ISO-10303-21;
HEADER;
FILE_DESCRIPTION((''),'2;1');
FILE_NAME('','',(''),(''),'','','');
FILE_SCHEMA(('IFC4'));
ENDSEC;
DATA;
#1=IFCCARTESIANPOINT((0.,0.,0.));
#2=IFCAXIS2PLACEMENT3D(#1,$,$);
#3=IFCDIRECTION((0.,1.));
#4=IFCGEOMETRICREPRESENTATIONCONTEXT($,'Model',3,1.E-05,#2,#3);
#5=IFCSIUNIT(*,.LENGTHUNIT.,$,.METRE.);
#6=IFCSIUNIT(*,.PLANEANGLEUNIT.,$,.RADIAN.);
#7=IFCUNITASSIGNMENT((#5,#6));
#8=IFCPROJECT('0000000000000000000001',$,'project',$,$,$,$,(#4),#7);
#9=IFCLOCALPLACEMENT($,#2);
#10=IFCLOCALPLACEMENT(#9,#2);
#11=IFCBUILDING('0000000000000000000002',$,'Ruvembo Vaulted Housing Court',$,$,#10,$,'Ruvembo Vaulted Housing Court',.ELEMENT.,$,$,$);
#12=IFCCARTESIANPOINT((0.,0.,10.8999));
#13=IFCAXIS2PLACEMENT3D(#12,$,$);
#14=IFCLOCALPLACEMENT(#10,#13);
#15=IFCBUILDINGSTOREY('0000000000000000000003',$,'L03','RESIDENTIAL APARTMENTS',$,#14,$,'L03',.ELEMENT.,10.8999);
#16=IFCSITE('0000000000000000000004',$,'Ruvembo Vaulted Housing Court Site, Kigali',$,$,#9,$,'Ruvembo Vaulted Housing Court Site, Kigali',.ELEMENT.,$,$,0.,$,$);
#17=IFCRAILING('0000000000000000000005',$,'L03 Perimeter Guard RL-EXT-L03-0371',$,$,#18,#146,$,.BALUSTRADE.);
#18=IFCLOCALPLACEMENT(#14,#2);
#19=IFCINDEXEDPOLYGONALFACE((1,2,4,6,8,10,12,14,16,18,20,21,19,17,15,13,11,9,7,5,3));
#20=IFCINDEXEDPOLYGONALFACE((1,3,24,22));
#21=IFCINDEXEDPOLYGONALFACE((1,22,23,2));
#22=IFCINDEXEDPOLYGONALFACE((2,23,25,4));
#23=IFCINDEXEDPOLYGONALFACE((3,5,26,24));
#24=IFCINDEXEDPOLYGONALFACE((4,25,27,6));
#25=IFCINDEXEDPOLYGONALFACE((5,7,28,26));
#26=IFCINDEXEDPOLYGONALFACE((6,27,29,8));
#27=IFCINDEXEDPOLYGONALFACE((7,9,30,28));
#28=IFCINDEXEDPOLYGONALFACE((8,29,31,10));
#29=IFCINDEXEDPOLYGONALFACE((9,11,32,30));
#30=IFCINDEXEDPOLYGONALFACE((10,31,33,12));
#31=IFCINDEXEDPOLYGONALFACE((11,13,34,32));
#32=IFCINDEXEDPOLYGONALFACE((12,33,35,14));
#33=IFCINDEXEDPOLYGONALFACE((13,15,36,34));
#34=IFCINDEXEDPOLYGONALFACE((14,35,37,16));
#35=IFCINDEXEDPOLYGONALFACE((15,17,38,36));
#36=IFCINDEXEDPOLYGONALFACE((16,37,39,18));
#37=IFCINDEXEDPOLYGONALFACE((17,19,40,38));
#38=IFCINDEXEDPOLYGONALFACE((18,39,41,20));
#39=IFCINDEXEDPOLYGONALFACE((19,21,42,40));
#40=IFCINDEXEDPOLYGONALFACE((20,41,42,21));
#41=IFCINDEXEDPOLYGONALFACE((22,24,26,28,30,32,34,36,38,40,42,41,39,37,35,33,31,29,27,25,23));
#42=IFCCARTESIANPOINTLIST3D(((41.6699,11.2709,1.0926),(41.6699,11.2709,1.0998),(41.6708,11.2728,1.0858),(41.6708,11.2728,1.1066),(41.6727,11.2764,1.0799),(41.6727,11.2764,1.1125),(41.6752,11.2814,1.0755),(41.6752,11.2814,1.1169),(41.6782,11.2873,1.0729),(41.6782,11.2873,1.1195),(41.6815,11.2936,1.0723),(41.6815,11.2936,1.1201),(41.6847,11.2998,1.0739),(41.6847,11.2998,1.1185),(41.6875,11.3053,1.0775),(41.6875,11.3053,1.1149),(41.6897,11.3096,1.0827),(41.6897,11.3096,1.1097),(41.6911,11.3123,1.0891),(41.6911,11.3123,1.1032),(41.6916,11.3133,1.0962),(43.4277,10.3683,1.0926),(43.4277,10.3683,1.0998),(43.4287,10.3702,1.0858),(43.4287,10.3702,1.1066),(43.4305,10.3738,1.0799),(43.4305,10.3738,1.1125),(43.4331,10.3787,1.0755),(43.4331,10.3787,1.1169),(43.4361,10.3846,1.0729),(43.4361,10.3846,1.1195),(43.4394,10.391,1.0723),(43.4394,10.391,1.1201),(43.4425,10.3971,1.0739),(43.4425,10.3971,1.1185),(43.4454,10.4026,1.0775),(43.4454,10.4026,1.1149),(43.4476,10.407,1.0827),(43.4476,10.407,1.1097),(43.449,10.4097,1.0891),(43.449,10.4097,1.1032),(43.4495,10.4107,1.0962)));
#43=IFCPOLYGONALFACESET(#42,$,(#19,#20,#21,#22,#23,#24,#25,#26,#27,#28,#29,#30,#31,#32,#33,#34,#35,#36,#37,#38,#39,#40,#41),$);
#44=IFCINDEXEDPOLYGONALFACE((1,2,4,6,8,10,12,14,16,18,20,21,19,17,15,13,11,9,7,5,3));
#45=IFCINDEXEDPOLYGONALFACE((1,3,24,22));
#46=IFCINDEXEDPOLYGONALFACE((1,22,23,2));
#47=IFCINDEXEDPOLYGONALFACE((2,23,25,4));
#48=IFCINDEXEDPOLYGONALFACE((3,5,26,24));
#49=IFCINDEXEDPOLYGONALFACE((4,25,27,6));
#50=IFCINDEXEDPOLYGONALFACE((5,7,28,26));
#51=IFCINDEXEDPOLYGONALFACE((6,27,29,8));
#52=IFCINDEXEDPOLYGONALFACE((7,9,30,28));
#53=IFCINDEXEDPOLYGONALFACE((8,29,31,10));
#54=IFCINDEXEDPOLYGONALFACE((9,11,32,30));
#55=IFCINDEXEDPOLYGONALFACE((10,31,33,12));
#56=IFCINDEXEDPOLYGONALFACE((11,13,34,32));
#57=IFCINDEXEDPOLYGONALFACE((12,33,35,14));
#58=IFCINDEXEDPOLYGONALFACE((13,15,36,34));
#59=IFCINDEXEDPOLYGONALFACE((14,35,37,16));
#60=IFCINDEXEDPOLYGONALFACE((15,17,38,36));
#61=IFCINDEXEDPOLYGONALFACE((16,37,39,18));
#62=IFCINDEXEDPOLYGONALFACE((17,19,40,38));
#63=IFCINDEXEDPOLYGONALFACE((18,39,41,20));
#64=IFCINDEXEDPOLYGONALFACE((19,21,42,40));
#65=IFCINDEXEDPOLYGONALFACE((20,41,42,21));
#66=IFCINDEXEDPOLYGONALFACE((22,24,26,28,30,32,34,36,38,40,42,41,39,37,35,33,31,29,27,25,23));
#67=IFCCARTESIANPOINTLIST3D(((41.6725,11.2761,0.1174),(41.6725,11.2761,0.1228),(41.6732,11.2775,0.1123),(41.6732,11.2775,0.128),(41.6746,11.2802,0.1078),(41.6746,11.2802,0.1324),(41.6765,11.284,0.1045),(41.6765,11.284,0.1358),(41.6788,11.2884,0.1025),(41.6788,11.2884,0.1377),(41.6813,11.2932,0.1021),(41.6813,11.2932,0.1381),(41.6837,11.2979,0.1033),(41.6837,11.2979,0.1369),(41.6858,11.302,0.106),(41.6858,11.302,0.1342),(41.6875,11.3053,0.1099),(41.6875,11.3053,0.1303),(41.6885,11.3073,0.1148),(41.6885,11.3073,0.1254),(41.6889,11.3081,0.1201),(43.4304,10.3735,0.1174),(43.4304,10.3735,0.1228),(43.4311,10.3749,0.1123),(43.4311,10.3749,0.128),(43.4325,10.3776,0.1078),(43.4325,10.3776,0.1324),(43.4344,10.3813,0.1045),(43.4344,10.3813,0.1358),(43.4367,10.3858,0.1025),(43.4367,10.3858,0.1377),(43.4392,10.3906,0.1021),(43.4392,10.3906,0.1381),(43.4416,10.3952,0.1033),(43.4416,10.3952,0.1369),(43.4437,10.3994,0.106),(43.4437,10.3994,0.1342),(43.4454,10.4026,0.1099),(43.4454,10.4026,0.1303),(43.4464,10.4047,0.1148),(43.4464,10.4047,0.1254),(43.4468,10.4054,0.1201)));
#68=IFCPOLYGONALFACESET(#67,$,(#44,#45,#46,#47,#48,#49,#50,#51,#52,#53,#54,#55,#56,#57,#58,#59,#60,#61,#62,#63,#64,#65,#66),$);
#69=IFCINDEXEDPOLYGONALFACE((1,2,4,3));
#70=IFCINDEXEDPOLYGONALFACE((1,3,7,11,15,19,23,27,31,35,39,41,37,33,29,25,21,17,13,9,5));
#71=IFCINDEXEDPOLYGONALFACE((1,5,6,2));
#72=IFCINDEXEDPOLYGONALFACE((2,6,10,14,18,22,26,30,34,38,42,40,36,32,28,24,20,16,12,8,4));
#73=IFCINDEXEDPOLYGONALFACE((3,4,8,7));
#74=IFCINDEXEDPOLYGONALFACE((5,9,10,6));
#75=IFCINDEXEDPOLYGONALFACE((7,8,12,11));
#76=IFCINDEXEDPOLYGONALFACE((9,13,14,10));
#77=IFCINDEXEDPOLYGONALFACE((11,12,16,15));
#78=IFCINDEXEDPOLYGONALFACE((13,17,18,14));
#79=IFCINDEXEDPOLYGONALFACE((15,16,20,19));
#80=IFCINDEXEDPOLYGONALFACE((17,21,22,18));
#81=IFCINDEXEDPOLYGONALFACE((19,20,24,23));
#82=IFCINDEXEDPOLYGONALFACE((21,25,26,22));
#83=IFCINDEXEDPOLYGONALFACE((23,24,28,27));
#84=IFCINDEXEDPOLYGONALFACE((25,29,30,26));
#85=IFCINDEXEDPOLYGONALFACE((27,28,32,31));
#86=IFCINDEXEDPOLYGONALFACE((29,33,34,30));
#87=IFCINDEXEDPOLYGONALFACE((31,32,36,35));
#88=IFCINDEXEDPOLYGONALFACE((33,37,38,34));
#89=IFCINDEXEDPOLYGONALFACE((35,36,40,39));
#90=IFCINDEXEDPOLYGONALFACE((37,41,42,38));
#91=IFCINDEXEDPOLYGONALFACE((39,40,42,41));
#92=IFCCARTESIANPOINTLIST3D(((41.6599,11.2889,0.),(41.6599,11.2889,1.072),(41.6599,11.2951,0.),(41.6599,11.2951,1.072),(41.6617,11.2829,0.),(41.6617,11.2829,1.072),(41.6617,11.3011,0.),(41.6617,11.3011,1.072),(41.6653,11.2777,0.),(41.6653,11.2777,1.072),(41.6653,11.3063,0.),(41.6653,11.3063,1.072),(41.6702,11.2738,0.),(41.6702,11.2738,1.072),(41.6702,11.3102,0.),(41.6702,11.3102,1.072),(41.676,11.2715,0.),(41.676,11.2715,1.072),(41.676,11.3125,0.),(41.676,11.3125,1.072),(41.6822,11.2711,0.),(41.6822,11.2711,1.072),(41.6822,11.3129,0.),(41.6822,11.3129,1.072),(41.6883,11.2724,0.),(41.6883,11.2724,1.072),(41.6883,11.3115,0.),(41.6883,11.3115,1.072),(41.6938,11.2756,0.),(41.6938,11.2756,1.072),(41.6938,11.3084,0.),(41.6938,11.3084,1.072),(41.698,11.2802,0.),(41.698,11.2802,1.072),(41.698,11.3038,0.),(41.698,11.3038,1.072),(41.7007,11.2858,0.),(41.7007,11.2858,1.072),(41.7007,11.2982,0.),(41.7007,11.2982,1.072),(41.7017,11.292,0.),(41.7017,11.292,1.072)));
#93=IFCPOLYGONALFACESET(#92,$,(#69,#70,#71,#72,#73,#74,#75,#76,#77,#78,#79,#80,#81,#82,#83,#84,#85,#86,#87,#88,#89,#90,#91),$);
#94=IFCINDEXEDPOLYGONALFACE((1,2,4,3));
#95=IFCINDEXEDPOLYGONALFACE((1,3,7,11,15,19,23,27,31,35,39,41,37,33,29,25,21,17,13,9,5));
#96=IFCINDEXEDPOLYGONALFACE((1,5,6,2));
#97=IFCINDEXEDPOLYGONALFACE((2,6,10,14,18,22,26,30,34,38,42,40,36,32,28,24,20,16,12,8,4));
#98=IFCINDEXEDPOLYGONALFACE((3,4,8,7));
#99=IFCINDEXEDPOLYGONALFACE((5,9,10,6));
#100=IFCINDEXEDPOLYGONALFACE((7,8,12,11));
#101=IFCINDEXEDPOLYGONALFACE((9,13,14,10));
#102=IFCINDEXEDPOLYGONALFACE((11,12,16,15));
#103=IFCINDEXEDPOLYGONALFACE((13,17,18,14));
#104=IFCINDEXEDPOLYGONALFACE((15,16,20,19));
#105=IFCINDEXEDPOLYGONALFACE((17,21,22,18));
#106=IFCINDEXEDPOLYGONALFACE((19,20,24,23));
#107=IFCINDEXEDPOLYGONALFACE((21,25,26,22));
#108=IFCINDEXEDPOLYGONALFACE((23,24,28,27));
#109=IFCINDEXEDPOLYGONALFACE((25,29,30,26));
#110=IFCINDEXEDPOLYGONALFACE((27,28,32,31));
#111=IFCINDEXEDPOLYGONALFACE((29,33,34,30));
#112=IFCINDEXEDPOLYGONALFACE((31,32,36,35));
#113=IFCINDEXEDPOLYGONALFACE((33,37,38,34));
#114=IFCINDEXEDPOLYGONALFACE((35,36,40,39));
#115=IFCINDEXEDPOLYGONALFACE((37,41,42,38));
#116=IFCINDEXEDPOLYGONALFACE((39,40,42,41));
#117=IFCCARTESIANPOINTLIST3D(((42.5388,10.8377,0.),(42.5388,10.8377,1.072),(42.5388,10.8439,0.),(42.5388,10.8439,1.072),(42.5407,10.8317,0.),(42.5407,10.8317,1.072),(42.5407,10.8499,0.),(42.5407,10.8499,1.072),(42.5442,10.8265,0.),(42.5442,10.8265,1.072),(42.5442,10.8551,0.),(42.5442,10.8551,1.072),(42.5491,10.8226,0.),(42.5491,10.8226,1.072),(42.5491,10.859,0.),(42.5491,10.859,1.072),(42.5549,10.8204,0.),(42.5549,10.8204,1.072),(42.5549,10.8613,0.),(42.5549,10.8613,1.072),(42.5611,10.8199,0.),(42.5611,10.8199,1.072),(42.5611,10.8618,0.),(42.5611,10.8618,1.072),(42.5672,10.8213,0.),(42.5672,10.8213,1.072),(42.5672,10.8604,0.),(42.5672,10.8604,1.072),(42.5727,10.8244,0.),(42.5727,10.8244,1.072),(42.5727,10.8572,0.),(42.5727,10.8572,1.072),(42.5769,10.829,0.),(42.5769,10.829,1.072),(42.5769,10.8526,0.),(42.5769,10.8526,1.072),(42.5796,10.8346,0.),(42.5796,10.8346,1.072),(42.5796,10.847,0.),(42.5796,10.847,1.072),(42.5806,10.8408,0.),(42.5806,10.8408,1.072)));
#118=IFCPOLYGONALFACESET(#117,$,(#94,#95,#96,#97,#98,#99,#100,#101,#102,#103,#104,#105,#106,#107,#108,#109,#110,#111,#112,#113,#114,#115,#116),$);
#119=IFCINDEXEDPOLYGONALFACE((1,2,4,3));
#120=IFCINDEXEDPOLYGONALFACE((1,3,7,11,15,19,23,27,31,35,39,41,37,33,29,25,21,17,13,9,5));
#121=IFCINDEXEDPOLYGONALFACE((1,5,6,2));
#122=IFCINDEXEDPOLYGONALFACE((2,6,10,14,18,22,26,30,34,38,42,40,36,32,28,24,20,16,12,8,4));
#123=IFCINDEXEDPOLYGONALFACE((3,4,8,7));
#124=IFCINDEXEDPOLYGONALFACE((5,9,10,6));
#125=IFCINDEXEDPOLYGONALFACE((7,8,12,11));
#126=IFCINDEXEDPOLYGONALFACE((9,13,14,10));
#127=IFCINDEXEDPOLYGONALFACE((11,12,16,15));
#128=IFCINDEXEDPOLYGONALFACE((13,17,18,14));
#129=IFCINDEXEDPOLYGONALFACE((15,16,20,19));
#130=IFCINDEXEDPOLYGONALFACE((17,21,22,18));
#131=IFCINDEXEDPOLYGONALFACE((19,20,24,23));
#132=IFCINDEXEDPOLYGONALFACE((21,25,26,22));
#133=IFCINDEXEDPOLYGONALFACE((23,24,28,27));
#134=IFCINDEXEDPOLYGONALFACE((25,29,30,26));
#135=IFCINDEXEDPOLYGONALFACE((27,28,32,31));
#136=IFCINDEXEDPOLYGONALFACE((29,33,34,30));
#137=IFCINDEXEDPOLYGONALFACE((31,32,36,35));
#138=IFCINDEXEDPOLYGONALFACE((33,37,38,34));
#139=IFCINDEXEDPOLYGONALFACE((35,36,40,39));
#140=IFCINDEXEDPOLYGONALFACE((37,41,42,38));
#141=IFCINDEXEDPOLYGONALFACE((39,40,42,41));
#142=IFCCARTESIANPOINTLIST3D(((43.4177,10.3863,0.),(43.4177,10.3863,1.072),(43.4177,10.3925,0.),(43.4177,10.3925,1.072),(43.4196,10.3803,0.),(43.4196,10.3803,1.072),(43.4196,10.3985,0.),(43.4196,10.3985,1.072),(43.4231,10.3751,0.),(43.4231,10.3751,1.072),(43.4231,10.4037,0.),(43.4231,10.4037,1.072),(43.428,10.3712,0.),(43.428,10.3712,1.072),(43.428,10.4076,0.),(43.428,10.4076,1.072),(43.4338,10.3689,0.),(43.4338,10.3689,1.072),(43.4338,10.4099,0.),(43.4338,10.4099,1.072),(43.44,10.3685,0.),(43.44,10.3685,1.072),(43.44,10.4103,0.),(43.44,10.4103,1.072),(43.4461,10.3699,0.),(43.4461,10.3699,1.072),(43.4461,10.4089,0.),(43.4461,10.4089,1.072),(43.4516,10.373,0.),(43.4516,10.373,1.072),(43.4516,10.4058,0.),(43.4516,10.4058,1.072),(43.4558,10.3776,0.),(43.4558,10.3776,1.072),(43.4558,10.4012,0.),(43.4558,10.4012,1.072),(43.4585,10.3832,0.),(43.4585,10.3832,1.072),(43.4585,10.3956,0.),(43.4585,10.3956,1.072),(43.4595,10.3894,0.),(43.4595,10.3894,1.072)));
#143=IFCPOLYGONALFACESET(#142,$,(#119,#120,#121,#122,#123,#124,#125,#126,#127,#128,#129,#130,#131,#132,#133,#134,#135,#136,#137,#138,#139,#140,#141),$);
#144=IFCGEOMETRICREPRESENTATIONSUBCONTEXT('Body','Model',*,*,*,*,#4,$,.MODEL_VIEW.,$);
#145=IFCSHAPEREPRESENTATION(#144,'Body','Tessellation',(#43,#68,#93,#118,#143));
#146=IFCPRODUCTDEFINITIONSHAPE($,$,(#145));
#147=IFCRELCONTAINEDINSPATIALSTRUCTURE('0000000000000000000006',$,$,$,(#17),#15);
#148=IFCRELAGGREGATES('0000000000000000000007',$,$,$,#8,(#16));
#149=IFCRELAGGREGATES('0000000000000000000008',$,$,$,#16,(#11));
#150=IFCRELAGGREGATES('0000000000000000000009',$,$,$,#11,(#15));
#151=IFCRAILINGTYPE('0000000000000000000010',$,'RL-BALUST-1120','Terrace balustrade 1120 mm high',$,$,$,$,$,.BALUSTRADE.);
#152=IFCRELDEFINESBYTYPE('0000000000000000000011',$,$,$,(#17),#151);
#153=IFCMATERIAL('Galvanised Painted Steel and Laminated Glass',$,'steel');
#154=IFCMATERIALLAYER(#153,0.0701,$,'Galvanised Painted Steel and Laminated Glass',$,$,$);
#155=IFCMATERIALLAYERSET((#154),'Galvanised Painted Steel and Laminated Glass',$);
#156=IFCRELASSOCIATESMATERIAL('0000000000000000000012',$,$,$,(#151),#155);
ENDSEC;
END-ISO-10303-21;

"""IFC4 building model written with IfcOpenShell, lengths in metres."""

from ifc_helpers import new_model, si_unit, direction, frame, origin, origin_2d, place, context, subcontext, project, spatial, circle, extrude, material, layer, layer_set, type_object, element, save


model = new_model("IFC4")

# Units and contexts
model_context = context("Model", 3, precision=1e-05, world=origin(), true_north=direction((0.0, 1.0)))
body_context = subcontext(model_context, "Body", "Model", "MODEL_VIEW")
ifc_project = project(units=[si_unit("LENGTHUNIT", "METRE"), si_unit("PLANEANGLEUNIT", "RADIAN")], contexts=[model_context])

# Site, building, storey
site_placement = place(None, origin())
site = spatial("IfcSite", under=ifc_project, at=site_placement, Name="Ruvembo Vaulted Housing Court Site, Kigali", LongName="Ruvembo Vaulted Housing Court Site, Kigali", CompositionType="ELEMENT", RefElevation=0.0)
building_placement = place(site_placement, origin())
building = spatial("IfcBuilding", under=site, at=building_placement, Name="Ruvembo Vaulted Housing Court", LongName="Ruvembo Vaulted Housing Court", CompositionType="ELEMENT")
storey_placement = place(building_placement, frame((0.0, 0.0, 10.8999)))
storey = spatial("IfcBuildingStorey", under=building, at=storey_placement, Name="L03", Description="RESIDENTIAL APARTMENTS", LongName="L03", CompositionType="ELEMENT", Elevation=10.8999)

# Railing
ifc_material_1 = material(Name="Galvanised Painted Steel and Laminated Glass", Category="steel")
ifc_layer_1 = layer(ifc_material_1, 0.0701, Name="Galvanised Painted Steel and Laminated Glass")
ifc_layer_set_1 = layer_set([ifc_layer_1], Name="Galvanised Painted Steel and Laminated Glass")
railing_type = type_object("IfcRailingType", Name="RL-BALUST-1120", Description="Terrace balustrade 1120 mm high", PredefinedType="BALUSTRADE", material=ifc_layer_set_1)
railing_1_placement = place(storey_placement, frame((41.6807, 11.292, 0.0)))
element("IfcRailing", 1, at=railing_1_placement, inside=storey, type_object=railing_type, Name="L03 Perimeter Guard RL-EXT-L03-0371", PredefinedType="BALUSTRADE", context=body_context, shape_type="SweptSolid", body=[
    extrude(circle(Radius=0.0239, at=origin_2d()), frame((0.0, 0.0, 1.0962), z_axis=(0.889582, -0.456776, 0.0), x_axis=(0.456776, 0.889582, 0.0)), (0.0, 0.0, 1.0), 1.9761),
    extrude(circle(Radius=0.0181, at=origin_2d()), frame((0.0, 0.0, 0.1201), z_axis=(0.889582, -0.456776, 0.0), x_axis=(0.456776, 0.889582, 0.0)), (0.0, 0.0, 1.0), 1.9761),
    extrude(circle(Radius=0.021, at=origin_2d()), origin(), (0.0, 0.0, 1.0), 1.072),
    extrude(circle(Radius=0.021, at=origin_2d()), frame((0.8789, -0.4512, 0.0)), (0.0, 0.0, 1.0), 1.072),
    extrude(circle(Radius=0.021, at=origin_2d()), frame((1.7578, -0.9026, 0.0)), (0.0, 0.0, 1.0), 1.072),
])

save(model, "model.ifc")
